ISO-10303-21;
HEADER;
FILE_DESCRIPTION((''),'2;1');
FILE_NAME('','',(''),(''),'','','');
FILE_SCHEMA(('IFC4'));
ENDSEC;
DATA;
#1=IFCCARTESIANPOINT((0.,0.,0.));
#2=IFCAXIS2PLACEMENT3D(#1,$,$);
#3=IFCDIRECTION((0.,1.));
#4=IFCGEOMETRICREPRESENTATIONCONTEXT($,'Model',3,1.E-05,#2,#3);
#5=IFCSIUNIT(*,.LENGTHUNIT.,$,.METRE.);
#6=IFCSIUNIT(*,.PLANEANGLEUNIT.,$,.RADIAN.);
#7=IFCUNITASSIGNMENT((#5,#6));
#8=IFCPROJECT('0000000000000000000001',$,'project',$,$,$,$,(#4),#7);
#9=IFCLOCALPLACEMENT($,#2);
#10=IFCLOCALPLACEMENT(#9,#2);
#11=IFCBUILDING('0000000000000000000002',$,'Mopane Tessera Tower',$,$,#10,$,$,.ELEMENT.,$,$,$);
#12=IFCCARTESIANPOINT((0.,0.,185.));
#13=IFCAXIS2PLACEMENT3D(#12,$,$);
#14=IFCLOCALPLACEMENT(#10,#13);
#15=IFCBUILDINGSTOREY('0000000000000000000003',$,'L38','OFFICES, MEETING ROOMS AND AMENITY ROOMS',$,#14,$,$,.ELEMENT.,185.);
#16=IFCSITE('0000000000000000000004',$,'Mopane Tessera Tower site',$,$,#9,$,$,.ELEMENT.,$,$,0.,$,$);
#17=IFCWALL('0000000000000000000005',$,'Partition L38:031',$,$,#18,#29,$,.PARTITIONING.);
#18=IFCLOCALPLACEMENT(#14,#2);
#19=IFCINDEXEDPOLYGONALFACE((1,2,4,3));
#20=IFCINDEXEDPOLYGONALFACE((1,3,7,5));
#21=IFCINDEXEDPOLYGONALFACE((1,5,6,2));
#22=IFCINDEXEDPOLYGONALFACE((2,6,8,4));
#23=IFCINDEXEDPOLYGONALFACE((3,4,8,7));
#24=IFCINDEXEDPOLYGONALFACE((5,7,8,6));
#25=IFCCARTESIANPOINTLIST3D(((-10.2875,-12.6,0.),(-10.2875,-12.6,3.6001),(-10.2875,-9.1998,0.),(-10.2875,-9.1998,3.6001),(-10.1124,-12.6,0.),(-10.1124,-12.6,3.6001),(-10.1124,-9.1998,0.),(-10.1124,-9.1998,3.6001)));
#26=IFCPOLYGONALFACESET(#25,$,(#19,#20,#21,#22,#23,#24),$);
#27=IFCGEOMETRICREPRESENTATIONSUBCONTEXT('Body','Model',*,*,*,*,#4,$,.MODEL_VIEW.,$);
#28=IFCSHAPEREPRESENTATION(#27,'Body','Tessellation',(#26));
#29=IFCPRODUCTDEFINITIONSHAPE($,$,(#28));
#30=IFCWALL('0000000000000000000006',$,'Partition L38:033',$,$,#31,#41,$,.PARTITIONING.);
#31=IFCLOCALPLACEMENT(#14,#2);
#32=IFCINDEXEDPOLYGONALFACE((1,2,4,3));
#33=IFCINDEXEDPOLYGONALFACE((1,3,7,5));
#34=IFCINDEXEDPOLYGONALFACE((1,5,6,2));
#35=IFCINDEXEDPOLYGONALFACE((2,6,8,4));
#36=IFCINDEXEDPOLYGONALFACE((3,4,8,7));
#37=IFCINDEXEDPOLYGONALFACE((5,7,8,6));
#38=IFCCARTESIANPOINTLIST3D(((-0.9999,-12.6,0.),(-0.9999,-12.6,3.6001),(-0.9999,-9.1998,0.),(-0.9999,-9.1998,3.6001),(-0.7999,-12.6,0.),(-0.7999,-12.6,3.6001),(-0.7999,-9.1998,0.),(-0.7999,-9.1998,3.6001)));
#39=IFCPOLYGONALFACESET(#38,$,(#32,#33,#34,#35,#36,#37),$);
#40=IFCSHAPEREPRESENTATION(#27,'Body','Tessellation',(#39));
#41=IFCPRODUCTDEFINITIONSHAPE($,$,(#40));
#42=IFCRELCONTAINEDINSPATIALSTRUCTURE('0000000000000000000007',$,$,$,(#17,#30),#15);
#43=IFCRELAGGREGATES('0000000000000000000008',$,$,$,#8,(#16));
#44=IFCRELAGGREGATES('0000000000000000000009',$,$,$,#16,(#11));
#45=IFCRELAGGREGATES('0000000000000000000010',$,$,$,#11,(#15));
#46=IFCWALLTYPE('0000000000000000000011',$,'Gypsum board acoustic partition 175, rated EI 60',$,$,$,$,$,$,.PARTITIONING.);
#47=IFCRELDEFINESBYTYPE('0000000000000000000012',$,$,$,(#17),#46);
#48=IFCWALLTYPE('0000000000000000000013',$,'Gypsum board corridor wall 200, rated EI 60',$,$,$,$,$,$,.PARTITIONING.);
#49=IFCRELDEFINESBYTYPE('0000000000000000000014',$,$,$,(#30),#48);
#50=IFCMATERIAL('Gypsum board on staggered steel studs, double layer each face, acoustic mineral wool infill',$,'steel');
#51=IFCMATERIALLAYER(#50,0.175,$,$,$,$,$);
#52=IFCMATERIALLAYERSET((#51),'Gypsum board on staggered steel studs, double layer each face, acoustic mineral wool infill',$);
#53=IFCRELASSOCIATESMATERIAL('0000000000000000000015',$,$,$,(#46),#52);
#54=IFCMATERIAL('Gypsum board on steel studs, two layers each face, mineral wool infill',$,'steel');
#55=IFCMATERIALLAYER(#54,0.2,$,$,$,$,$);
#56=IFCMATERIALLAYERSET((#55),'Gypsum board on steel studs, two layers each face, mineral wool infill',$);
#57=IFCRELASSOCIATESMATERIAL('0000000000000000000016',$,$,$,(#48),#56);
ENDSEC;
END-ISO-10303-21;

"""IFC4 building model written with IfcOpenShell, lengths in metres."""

from ifc_helpers import new_model, si_unit, direction, frame, frame_2d, origin, place, context, subcontext, project, spatial, rectangle, extrude, material, layer, layer_set, type_object, element, save


model = new_model("IFC4")

# Units and contexts
model_context = context("Model", 3, precision=1e-05, world=origin(), true_north=direction((0.0, 1.0)))
body_context = subcontext(model_context, "Body", "Model", "MODEL_VIEW")
ifc_project = project(units=[si_unit("LENGTHUNIT", "METRE"), si_unit("PLANEANGLEUNIT", "RADIAN")], contexts=[model_context])

# Site, building, storey
site_placement = place(None, origin())
site = spatial("IfcSite", under=ifc_project, at=site_placement, Name="Mopane Tessera Tower site", CompositionType="ELEMENT", RefElevation=0.0)
building_placement = place(site_placement, origin())
building = spatial("IfcBuilding", under=site, at=building_placement, Name="Mopane Tessera Tower", CompositionType="ELEMENT")
storey_placement = place(building_placement, frame((0.0, 0.0, 185.0)))
storey = spatial("IfcBuildingStorey", under=building, at=storey_placement, Name="L38", Description="OFFICES, MEETING ROOMS AND AMENITY ROOMS", CompositionType="ELEMENT", Elevation=185.0)

# Walls
ifc_material_1 = material(Name="Gypsum board on staggered steel studs, double layer each face, acoustic mineral wool infill", Category="steel")
ifc_layer_1 = layer(ifc_material_1, 0.175)
ifc_layer_set_1 = layer_set([ifc_layer_1], Name="Gypsum board on staggered steel studs, double layer each face, acoustic mineral wool infill")
wall_type_1 = type_object("IfcWallType", Name="Gypsum board acoustic partition 175, rated EI 60", PredefinedType="PARTITIONING", material=ifc_layer_set_1)
wall_1_placement = place(storey_placement, frame((-10.2, -12.6001, 0.0), z_axis=(0.0, 0.0, 1.0), x_axis=(0.0, 1.0, 0.0)))
element("IfcWall", 1, at=wall_1_placement, inside=storey, type_object=wall_type_1, Name="Partition L38:031", PredefinedType="PARTITIONING", context=body_context, shape_type="SweptSolid", body=[
    extrude(rectangle(XDim=3.4001, YDim=0.175, at=frame_2d((1.7002, 0.0))), origin(), (0.0, 0.0, 1.0), 3.6001),
])
ifc_material_2 = material(Name="Gypsum board on steel studs, two layers each face, mineral wool infill", Category="steel")
ifc_layer_2 = layer(ifc_material_2, 0.2)
ifc_layer_set_2 = layer_set([ifc_layer_2], Name="Gypsum board on steel studs, two layers each face, mineral wool infill")
wall_type_2 = type_object("IfcWallType", Name="Gypsum board corridor wall 200, rated EI 60", PredefinedType="PARTITIONING", material=ifc_layer_set_2)
wall_2_placement = place(storey_placement, frame((-0.8999, -12.6001, 0.0), z_axis=(0.0, 0.0, 1.0), x_axis=(0.0, 1.0, 0.0)))
element("IfcWall", 2, at=wall_2_placement, inside=storey, type_object=wall_type_2, Name="Partition L38:033", PredefinedType="PARTITIONING", context=body_context, shape_type="SweptSolid", body=[
    extrude(rectangle(XDim=3.4001, YDim=0.2, at=frame_2d((1.7002, 0.0))), origin(), (0.0, 0.0, 1.0), 3.6001),
])

save(model, "model.ifc")
